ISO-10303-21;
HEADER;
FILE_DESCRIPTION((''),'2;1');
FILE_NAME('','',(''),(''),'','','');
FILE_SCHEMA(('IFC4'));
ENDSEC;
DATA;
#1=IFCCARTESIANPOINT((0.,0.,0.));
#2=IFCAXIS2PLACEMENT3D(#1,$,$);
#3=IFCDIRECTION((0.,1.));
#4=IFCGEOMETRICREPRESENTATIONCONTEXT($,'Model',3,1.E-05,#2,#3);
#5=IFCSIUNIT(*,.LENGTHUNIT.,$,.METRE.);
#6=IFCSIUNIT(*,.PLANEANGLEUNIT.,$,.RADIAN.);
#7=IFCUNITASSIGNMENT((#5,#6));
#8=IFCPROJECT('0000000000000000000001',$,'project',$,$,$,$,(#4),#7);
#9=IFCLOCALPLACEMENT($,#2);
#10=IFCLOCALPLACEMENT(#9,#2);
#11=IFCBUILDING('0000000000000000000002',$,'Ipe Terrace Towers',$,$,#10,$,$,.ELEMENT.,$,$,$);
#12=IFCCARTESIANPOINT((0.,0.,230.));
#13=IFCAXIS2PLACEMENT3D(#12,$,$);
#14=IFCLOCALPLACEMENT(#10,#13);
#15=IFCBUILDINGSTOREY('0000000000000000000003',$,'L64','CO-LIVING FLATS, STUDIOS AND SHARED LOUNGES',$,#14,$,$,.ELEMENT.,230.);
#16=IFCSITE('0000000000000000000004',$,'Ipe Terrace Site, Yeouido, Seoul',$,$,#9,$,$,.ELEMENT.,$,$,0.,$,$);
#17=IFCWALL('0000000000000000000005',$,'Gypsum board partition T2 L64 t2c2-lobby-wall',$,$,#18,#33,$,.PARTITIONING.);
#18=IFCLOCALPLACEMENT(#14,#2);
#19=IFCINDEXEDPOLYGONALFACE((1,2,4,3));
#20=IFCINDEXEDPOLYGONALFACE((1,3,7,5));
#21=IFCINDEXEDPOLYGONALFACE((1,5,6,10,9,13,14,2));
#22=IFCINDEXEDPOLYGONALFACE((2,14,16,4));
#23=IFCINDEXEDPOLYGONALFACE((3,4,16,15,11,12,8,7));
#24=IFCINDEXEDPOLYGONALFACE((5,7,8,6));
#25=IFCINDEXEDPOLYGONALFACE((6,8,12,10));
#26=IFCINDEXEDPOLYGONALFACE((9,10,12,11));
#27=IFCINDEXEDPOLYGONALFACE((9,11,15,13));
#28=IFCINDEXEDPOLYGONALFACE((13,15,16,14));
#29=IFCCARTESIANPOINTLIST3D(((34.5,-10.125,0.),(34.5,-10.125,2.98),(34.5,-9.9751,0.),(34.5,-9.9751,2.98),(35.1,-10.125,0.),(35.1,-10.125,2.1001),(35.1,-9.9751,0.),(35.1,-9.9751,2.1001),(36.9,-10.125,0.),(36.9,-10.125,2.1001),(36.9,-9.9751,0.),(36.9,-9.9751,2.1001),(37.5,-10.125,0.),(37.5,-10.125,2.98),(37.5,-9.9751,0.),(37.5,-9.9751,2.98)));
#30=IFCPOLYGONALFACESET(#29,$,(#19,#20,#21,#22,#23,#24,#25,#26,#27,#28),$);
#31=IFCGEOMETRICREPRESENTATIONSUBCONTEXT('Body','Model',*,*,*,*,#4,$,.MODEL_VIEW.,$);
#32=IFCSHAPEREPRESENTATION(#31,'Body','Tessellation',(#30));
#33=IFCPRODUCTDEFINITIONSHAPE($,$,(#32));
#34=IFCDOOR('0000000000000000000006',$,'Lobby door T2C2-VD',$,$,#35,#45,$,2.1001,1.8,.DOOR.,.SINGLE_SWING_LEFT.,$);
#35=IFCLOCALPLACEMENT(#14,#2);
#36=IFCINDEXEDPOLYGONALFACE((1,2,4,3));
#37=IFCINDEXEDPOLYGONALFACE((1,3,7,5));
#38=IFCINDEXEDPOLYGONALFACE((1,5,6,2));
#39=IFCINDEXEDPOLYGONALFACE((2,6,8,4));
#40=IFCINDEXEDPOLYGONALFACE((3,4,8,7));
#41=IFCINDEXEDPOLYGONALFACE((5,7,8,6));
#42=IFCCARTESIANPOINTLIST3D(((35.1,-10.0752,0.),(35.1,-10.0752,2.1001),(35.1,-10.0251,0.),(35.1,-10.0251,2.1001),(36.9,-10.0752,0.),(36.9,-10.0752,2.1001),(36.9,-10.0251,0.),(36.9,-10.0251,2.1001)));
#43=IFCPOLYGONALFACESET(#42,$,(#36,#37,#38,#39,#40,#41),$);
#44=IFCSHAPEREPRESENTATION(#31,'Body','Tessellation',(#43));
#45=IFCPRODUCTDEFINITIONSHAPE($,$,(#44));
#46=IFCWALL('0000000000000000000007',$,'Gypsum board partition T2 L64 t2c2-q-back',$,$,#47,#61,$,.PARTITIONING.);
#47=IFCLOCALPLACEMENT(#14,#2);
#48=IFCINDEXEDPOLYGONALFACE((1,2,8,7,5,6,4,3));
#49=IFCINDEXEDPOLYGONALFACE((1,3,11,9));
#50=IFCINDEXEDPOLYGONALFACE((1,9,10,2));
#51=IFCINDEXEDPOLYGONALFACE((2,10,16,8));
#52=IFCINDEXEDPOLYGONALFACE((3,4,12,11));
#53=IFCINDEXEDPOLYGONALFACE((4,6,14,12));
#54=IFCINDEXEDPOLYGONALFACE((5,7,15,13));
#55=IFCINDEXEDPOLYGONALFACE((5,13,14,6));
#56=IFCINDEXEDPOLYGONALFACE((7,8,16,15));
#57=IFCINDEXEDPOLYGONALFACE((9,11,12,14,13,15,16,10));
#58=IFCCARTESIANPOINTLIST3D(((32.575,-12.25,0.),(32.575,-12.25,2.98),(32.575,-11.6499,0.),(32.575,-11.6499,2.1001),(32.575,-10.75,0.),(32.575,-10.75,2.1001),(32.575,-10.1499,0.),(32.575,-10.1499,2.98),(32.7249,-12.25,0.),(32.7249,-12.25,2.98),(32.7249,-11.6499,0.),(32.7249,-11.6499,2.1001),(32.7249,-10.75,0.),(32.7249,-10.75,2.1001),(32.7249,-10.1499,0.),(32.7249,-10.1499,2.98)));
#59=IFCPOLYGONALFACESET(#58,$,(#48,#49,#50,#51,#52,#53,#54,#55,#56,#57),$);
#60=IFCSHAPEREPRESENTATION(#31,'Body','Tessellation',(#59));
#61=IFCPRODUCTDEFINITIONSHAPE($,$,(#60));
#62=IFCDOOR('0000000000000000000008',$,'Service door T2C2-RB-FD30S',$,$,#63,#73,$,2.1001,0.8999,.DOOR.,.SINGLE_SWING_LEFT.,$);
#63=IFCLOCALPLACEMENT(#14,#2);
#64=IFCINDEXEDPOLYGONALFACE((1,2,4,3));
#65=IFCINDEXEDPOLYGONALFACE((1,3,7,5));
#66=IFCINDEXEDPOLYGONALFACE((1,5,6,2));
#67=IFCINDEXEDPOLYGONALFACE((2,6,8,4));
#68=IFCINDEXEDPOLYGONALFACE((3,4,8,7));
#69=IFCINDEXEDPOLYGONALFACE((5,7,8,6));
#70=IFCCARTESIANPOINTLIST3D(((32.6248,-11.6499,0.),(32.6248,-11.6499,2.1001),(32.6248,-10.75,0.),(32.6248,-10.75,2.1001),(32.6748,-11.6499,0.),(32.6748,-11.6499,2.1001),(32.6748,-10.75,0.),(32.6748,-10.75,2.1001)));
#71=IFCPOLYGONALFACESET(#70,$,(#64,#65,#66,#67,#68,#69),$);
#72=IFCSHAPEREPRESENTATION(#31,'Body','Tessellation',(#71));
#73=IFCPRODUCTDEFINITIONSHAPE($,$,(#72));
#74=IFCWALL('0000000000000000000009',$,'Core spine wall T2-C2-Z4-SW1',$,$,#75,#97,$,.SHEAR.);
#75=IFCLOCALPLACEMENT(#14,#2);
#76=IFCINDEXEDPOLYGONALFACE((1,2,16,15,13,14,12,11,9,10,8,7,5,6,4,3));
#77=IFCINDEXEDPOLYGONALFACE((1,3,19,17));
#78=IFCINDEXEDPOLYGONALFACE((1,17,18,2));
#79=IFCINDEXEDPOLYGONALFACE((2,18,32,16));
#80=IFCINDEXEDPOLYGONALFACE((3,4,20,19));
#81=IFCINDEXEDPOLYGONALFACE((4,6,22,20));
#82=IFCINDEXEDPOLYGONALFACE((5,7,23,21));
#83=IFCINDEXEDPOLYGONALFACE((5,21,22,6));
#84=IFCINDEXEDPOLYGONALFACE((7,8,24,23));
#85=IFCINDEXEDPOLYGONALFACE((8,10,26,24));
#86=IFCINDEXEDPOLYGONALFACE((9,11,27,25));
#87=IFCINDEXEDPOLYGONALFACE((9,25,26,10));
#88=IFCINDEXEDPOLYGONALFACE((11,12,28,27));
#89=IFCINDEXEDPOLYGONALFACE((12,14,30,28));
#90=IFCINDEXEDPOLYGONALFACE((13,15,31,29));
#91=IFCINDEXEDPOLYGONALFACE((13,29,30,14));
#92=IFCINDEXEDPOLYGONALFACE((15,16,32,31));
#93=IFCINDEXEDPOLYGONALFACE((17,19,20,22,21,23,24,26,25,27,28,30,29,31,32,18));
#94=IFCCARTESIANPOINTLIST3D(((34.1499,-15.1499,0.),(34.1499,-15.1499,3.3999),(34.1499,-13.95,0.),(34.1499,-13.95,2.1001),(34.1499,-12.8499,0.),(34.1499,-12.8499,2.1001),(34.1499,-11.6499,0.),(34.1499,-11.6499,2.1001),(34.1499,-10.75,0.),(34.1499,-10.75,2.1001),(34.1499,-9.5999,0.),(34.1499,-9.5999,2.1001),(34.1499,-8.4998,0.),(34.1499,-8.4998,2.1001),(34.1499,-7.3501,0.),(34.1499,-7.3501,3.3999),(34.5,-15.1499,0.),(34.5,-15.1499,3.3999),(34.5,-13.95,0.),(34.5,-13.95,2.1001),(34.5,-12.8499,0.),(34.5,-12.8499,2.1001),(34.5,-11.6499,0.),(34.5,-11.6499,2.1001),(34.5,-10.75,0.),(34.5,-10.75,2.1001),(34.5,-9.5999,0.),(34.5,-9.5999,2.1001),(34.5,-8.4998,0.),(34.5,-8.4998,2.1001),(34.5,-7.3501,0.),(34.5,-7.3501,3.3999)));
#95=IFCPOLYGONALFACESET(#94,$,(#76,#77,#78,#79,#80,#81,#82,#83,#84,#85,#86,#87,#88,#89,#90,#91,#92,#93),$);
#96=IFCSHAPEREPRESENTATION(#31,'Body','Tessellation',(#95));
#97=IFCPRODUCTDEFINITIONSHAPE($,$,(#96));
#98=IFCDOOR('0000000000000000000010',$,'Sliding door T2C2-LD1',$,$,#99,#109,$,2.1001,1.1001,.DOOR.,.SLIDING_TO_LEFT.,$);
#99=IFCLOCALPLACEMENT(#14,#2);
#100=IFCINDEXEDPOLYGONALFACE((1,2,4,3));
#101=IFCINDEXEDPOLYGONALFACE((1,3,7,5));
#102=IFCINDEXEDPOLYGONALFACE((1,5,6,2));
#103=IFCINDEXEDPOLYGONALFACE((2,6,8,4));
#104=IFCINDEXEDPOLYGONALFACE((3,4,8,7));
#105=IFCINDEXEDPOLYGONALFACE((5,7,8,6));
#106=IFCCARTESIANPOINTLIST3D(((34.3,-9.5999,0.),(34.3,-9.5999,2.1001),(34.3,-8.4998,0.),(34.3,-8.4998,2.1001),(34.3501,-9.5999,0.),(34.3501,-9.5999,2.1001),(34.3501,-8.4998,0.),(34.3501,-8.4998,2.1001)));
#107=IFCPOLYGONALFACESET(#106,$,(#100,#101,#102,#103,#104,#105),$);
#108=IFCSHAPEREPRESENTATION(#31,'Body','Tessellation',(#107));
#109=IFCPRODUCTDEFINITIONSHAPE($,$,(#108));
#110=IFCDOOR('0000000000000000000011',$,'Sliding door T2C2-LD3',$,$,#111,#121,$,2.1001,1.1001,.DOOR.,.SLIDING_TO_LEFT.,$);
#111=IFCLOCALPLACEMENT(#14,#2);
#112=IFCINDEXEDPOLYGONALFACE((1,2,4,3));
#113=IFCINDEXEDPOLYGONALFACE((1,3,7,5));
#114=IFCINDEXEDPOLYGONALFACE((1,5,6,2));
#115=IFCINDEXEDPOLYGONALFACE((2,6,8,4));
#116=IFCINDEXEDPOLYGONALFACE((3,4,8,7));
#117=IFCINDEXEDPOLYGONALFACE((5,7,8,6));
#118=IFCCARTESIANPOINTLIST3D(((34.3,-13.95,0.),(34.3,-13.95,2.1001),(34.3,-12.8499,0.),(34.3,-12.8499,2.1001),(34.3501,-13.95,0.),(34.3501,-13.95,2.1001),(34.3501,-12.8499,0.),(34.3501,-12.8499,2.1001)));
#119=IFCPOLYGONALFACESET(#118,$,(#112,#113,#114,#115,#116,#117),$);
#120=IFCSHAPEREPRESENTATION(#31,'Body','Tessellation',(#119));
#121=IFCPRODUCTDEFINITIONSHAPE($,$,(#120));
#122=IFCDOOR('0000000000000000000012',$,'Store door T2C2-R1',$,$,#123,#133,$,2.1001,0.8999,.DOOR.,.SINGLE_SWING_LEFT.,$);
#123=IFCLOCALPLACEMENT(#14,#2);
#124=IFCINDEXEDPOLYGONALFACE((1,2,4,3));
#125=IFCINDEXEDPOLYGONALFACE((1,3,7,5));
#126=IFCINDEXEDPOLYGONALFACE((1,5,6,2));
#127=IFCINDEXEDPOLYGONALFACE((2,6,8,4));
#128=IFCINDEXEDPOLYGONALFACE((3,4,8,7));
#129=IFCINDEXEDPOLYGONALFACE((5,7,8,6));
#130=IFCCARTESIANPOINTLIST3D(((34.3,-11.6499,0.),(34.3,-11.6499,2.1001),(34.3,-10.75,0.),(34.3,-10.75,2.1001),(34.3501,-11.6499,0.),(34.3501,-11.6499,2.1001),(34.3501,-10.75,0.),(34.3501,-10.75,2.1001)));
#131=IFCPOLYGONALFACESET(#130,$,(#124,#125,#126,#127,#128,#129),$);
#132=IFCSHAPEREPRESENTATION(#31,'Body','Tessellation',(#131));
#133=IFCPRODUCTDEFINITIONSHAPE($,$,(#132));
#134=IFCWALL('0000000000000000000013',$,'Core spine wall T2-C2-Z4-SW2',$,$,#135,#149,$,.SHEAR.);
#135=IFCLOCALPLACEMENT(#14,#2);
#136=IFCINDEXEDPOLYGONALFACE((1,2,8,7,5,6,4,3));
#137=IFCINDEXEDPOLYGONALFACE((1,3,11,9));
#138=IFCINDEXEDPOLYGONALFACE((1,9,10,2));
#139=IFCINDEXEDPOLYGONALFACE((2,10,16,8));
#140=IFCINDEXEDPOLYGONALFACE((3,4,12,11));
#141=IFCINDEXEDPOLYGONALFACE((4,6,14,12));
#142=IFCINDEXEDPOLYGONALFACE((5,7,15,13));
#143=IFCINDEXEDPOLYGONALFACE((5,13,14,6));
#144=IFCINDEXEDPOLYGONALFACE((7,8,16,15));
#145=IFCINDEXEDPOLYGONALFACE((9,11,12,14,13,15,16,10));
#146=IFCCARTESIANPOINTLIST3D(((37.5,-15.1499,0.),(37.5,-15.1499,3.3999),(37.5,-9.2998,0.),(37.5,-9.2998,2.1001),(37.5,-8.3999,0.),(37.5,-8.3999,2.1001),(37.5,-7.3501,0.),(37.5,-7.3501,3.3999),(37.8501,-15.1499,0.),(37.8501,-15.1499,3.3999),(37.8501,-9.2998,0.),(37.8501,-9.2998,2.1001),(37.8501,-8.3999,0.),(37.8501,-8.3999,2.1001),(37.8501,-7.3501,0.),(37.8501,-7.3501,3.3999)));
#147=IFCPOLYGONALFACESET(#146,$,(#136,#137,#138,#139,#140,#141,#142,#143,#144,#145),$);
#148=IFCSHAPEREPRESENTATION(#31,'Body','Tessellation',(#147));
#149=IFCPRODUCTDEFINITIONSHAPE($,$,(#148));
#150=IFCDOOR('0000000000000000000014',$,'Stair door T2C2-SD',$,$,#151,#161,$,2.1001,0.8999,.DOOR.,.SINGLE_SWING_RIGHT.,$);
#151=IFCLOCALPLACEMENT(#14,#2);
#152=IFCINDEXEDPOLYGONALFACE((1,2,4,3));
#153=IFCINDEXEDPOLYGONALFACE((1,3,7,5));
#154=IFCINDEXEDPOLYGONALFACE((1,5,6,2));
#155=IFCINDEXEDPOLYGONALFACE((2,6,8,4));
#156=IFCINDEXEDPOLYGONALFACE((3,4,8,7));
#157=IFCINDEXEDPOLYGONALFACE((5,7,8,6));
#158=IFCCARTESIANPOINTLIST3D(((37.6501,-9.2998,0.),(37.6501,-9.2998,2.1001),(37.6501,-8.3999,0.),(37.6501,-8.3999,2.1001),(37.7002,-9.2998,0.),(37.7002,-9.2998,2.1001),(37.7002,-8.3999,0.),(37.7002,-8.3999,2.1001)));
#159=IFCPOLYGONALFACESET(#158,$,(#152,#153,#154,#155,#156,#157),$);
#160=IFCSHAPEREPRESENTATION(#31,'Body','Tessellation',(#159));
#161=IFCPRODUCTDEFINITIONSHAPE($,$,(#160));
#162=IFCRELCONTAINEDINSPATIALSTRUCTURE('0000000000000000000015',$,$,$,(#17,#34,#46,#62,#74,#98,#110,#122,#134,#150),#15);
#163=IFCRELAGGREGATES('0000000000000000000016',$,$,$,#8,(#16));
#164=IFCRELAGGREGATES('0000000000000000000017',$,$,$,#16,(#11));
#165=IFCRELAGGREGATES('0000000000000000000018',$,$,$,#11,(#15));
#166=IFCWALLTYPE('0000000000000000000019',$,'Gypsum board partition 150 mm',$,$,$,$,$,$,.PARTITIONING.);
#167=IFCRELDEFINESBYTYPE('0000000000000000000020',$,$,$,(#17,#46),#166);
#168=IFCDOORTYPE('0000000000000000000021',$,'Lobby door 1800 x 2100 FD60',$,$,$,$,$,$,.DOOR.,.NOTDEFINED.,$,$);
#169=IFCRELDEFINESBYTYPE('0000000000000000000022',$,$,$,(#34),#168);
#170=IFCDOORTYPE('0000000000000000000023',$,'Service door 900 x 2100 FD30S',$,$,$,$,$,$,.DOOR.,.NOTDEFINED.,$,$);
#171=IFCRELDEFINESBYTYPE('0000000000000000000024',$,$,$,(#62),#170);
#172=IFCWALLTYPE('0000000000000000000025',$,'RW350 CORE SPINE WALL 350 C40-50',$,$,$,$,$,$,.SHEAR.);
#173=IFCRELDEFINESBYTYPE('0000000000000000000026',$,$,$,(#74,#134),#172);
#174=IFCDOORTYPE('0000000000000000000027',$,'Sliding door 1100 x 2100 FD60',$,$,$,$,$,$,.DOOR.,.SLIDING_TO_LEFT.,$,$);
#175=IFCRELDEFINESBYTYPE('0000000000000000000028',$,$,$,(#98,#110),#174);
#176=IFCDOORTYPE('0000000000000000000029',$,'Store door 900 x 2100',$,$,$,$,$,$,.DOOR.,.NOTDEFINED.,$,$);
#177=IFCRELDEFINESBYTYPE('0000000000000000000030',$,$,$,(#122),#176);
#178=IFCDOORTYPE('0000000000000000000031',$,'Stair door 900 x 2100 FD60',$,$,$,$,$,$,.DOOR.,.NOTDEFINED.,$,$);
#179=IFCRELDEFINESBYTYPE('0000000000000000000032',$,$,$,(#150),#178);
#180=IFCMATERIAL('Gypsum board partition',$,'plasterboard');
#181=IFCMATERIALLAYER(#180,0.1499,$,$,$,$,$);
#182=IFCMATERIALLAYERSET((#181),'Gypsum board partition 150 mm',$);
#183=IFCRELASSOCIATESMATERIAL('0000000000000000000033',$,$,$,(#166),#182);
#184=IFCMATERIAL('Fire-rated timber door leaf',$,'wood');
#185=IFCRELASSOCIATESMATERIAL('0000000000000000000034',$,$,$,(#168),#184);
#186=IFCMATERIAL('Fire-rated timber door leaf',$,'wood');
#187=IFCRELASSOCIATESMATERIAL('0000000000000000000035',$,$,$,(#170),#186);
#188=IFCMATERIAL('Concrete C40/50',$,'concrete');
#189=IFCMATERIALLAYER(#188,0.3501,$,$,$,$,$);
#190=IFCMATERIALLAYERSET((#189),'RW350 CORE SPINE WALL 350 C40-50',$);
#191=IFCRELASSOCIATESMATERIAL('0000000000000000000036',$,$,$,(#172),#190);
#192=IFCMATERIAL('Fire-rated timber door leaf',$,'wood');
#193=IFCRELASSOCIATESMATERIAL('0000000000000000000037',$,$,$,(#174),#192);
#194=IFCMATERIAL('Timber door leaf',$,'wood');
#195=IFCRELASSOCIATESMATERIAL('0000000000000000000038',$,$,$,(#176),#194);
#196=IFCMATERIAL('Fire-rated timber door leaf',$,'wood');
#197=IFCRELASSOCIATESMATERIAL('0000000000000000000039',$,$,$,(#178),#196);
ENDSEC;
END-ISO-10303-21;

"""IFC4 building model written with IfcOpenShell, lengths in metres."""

from ifc_helpers import new_model, si_unit, direction, frame, frame_2d, origin, place, context, subcontext, project, spatial, rectangle, extrude, material, layer, layer_set, type_object, element, fill, save


model = new_model("IFC4")

# Units and contexts
model_context = context("Model", 3, precision=1e-05, world=origin(), true_north=direction((0.0, 1.0)))
body_context = subcontext(model_context, "Body", "Model", "MODEL_VIEW")
ifc_project = project(units=[si_unit("LENGTHUNIT", "METRE"), si_unit("PLANEANGLEUNIT", "RADIAN")], contexts=[model_context])

# Site, building, storey
site_placement = place(None, origin())
site = spatial("IfcSite", under=ifc_project, at=site_placement, Name="Ipe Terrace Site, Yeouido, Seoul", CompositionType="ELEMENT", RefElevation=0.0)
building_placement = place(site_placement, origin())
building = spatial("IfcBuilding", under=site, at=building_placement, Name="Ipe Terrace Towers", CompositionType="ELEMENT")
storey_placement = place(building_placement, frame((0.0, 0.0, 230.0)))
storey = spatial("IfcBuildingStorey", under=building, at=storey_placement, Name="L64", Description="CO-LIVING FLATS, STUDIOS AND SHARED LOUNGES", CompositionType="ELEMENT", Elevation=230.0)

# Walls, openings, doors
ifc_material_1 = material(Name="Gypsum board partition", Category="plasterboard")
ifc_layer_1 = layer(ifc_material_1, 0.1499)
ifc_layer_set_1 = layer_set([ifc_layer_1], Name="Gypsum board partition 150 mm")
wall_type_1 = type_object("IfcWallType", Name="Gypsum board partition 150 mm", PredefinedType="PARTITIONING", material=ifc_layer_set_1)
wall_1_placement = place(storey_placement, frame((34.5, -10.05, 0.0), z_axis=(0.0, 0.0, 1.0), x_axis=(1.0, 0.0, 0.0)))
wall_1 = element("IfcWall", 1, at=wall_1_placement, inside=storey, type_object=wall_type_1, Name="Gypsum board partition T2 L64 t2c2-lobby-wall", PredefinedType="PARTITIONING", context=body_context, shape_type="SweptSolid", body=[
    extrude(rectangle(XDim=3.0, YDim=0.1499, at=frame_2d((1.5, 0.0))), origin(), (0.0, 0.0, 1.0), 2.98),
])
opening_1_placement = place(wall_1_placement, frame((0.6001, 0.0, 0.0)))
opening_1 = element("IfcOpeningElement", 2, at=opening_1_placement, cuts=wall_1, PredefinedType="OPENING", context=body_context, shape_type="SweptSolid", body=[
    extrude(rectangle(XDim=1.8, YDim=2.1001, at=frame_2d((0.8999, 1.05))), frame((0.0, 0.085, 0.0), z_axis=(0.0, -1.0, 0.0), x_axis=(1.0, 0.0, 0.0)), (0.0, 0.0, 1.0), 0.1699),
])
ifc_material_2 = material(Name="Fire-rated timber door leaf", Category="wood")
door_type_1 = type_object("IfcDoorType", Name="Lobby door 1800 x 2100 FD60", OperationType="NOTDEFINED", PredefinedType="DOOR", material=ifc_material_2)
door_1_placement = place(opening_1_placement, origin())
door_1 = element("IfcDoor", 3, at=door_1_placement, inside=storey, type_object=door_type_1, Name="Lobby door T2C2-VD", OperationType="SINGLE_SWING_LEFT", OverallHeight=2.1001, OverallWidth=1.8, PredefinedType="DOOR", context=body_context, shape_type="SweptSolid", body=[
    extrude(rectangle(XDim=1.8, YDim=2.1001, at=frame_2d((0.8999, 1.05))), frame((0.0, 0.0249, 0.0), z_axis=(0.0, -1.0, 0.0), x_axis=(1.0, 0.0, 0.0)), (0.0, 0.0, 1.0), 0.05),
])
fill(opening_1, door_1)
wall_2_placement = place(storey_placement, frame((32.6499, -10.1499, 0.0), z_axis=(0.0, 0.0, 1.0), x_axis=(0.0, -1.0, 0.0)))
wall_2 = element("IfcWall", 4, at=wall_2_placement, inside=storey, type_object=wall_type_1, Name="Gypsum board partition T2 L64 t2c2-q-back", PredefinedType="PARTITIONING", context=body_context, shape_type="SweptSolid", body=[
    extrude(rectangle(XDim=2.1001, YDim=0.1499, at=frame_2d((1.05, 0.0))), origin(), (0.0, 0.0, 1.0), 2.98),
])
opening_2_placement = place(wall_2_placement, frame((0.6001, 0.0, 0.0)))
opening_2 = element("IfcOpeningElement", 5, at=opening_2_placement, cuts=wall_2, PredefinedType="OPENING", context=body_context, shape_type="SweptSolid", body=[
    extrude(rectangle(XDim=0.8999, YDim=2.1001, at=frame_2d((0.45, 1.05))), frame((0.0, 0.085, 0.0), z_axis=(0.0, -1.0, 0.0), x_axis=(1.0, 0.0, 0.0)), (0.0, 0.0, 1.0), 0.1699),
])
ifc_material_3 = material(Name="Fire-rated timber door leaf", Category="wood")
door_type_2 = type_object("IfcDoorType", Name="Service door 900 x 2100 FD30S", OperationType="NOTDEFINED", PredefinedType="DOOR", material=ifc_material_3)
door_2_placement = place(opening_2_placement, origin())
door_2 = element("IfcDoor", 6, at=door_2_placement, inside=storey, type_object=door_type_2, Name="Service door T2C2-RB-FD30S", OperationType="SINGLE_SWING_LEFT", OverallHeight=2.1001, OverallWidth=0.8999, PredefinedType="DOOR", context=body_context, shape_type="SweptSolid", body=[
    extrude(rectangle(XDim=0.8999, YDim=2.1001, at=frame_2d((0.45, 1.05))), frame((0.0, 0.0249, 0.0), z_axis=(0.0, -1.0, 0.0), x_axis=(1.0, 0.0, 0.0)), (0.0, 0.0, 1.0), 0.05),
])
fill(opening_2, door_2)

# Wall, openings, doors
ifc_material_4 = material(Name="Concrete C40/50", Category="concrete")
ifc_layer_2 = layer(ifc_material_4, 0.3501)
ifc_layer_set_2 = layer_set([ifc_layer_2], Name="RW350 CORE SPINE WALL 350 C40-50")
wall_type_2 = type_object("IfcWallType", Name="RW350 CORE SPINE WALL 350 C40-50", PredefinedType="SHEAR", material=ifc_layer_set_2)
wall_3_placement = place(storey_placement, frame((34.325, -15.1499, 0.0), z_axis=(0.0, 0.0, 1.0), x_axis=(0.0, 1.0, 0.0)))
wall_3 = element("IfcWall", 7, at=wall_3_placement, inside=storey, type_object=wall_type_2, Name="Core spine wall T2-C2-Z4-SW1", PredefinedType="SHEAR", context=body_context, shape_type="SweptSolid", body=[
    extrude(rectangle(XDim=7.7998, YDim=0.3501, at=frame_2d((3.8999, 0.0))), origin(), (0.0, 0.0, 1.0), 3.3999),
])
opening_3_placement = place(wall_3_placement, frame((5.55, 0.0, 0.0)))
opening_3 = element("IfcOpeningElement", 8, at=opening_3_placement, cuts=wall_3, PredefinedType="OPENING", context=body_context, shape_type="SweptSolid", body=[
    extrude(rectangle(XDim=1.1001, YDim=2.1001, at=frame_2d((0.55, 1.05))), frame((0.0, 0.1851, 0.0), z_axis=(0.0, -1.0, 0.0), x_axis=(1.0, 0.0, 0.0)), (0.0, 0.0, 1.0), 0.3701),
])
opening_4_placement = place(wall_3_placement, frame((1.2, 0.0, 0.0)))
opening_4 = element("IfcOpeningElement", 9, at=opening_4_placement, cuts=wall_3, PredefinedType="OPENING", context=body_context, shape_type="SweptSolid", body=[
    extrude(rectangle(XDim=1.1001, YDim=2.1001, at=frame_2d((0.55, 1.05))), frame((0.0, 0.1851, 0.0), z_axis=(0.0, -1.0, 0.0), x_axis=(1.0, 0.0, 0.0)), (0.0, 0.0, 1.0), 0.3701),
])
opening_5_placement = place(wall_3_placement, frame((3.5, 0.0, 0.0)))
opening_5 = element("IfcOpeningElement", 10, at=opening_5_placement, cuts=wall_3, PredefinedType="OPENING", context=body_context, shape_type="SweptSolid", body=[
    extrude(rectangle(XDim=0.8999, YDim=2.1001, at=frame_2d((0.45, 1.05))), frame((0.0, 0.1851, 0.0), z_axis=(0.0, -1.0, 0.0), x_axis=(1.0, 0.0, 0.0)), (0.0, 0.0, 1.0), 0.3701),
])
ifc_material_5 = material(Name="Fire-rated timber door leaf", Category="wood")
door_type_3 = type_object("IfcDoorType", Name="Sliding door 1100 x 2100 FD60", OperationType="SLIDING_TO_LEFT", PredefinedType="DOOR", material=ifc_material_5)
door_3_placement = place(opening_3_placement, origin())
door_3 = element("IfcDoor", 11, at=door_3_placement, inside=storey, type_object=door_type_3, Name="Sliding door T2C2-LD1", OperationType="SLIDING_TO_LEFT", OverallHeight=2.1001, OverallWidth=1.1001, PredefinedType="DOOR", context=body_context, shape_type="SweptSolid", body=[
    extrude(rectangle(XDim=1.1001, YDim=2.1001, at=frame_2d((0.55, 1.05))), frame((0.0, 0.0249, 0.0), z_axis=(0.0, -1.0, 0.0), x_axis=(1.0, 0.0, 0.0)), (0.0, 0.0, 1.0), 0.05),
])
fill(opening_3, door_3)
door_4_placement = place(opening_4_placement, origin())
door_4 = element("IfcDoor", 12, at=door_4_placement, inside=storey, type_object=door_type_3, Name="Sliding door T2C2-LD3", OperationType="SLIDING_TO_LEFT", OverallHeight=2.1001, OverallWidth=1.1001, PredefinedType="DOOR", context=body_context, shape_type="SweptSolid", body=[
    extrude(rectangle(XDim=1.1001, YDim=2.1001, at=frame_2d((0.55, 1.05))), frame((0.0, 0.0249, 0.0), z_axis=(0.0, -1.0, 0.0), x_axis=(1.0, 0.0, 0.0)), (0.0, 0.0, 1.0), 0.05),
])
fill(opening_4, door_4)
ifc_material_6 = material(Name="Timber door leaf", Category="wood")
door_type_4 = type_object("IfcDoorType", Name="Store door 900 x 2100", OperationType="NOTDEFINED", PredefinedType="DOOR", material=ifc_material_6)
door_5_placement = place(opening_5_placement, origin())
door_5 = element("IfcDoor", 13, at=door_5_placement, inside=storey, type_object=door_type_4, Name="Store door T2C2-R1", OperationType="SINGLE_SWING_LEFT", OverallHeight=2.1001, OverallWidth=0.8999, PredefinedType="DOOR", context=body_context, shape_type="SweptSolid", body=[
    extrude(rectangle(XDim=0.8999, YDim=2.1001, at=frame_2d((0.45, 1.05))), frame((0.0, 0.0249, 0.0), z_axis=(0.0, -1.0, 0.0), x_axis=(1.0, 0.0, 0.0)), (0.0, 0.0, 1.0), 0.05),
])
fill(opening_5, door_5)

# Wall, opening, door
wall_4_placement = place(storey_placement, frame((37.675, -15.1499, 0.0), z_axis=(0.0, 0.0, 1.0), x_axis=(0.0, 1.0, 0.0)))
wall_4 = element("IfcWall", 14, at=wall_4_placement, inside=storey, type_object=wall_type_2, Name="Core spine wall T2-C2-Z4-SW2", PredefinedType="SHEAR", context=body_context, shape_type="SweptSolid", body=[
    extrude(rectangle(XDim=7.7998, YDim=0.3501, at=frame_2d((3.8999, 0.0))), origin(), (0.0, 0.0, 1.0), 3.3999),
])
opening_6_placement = place(wall_4_placement, frame((5.8501, 0.0, 0.0)))
opening_6 = element("IfcOpeningElement", 15, at=opening_6_placement, cuts=wall_4, PredefinedType="OPENING", context=body_context, shape_type="SweptSolid", body=[
    extrude(rectangle(XDim=0.8999, YDim=2.1001, at=frame_2d((0.45, 1.05))), frame((0.0, 0.1851, 0.0), z_axis=(0.0, -1.0, 0.0), x_axis=(1.0, 0.0, 0.0)), (0.0, 0.0, 1.0), 0.3701),
])
ifc_material_7 = material(Name="Fire-rated timber door leaf", Category="wood")
door_type_5 = type_object("IfcDoorType", Name="Stair door 900 x 2100 FD60", OperationType="NOTDEFINED", PredefinedType="DOOR", material=ifc_material_7)
door_6_placement = place(opening_6_placement, origin())
door_6 = element("IfcDoor", 16, at=door_6_placement, inside=storey, type_object=door_type_5, Name="Stair door T2C2-SD", OperationType="SINGLE_SWING_RIGHT", OverallHeight=2.1001, OverallWidth=0.8999, PredefinedType="DOOR", context=body_context, shape_type="SweptSolid", body=[
    extrude(rectangle(XDim=0.8999, YDim=2.1001, at=frame_2d((0.45, 1.05))), frame((0.0, 0.0249, 0.0), z_axis=(0.0, -1.0, 0.0), x_axis=(1.0, 0.0, 0.0)), (0.0, 0.0, 1.0), 0.05),
])
fill(opening_6, door_6)

save(model, "model.ifc")
